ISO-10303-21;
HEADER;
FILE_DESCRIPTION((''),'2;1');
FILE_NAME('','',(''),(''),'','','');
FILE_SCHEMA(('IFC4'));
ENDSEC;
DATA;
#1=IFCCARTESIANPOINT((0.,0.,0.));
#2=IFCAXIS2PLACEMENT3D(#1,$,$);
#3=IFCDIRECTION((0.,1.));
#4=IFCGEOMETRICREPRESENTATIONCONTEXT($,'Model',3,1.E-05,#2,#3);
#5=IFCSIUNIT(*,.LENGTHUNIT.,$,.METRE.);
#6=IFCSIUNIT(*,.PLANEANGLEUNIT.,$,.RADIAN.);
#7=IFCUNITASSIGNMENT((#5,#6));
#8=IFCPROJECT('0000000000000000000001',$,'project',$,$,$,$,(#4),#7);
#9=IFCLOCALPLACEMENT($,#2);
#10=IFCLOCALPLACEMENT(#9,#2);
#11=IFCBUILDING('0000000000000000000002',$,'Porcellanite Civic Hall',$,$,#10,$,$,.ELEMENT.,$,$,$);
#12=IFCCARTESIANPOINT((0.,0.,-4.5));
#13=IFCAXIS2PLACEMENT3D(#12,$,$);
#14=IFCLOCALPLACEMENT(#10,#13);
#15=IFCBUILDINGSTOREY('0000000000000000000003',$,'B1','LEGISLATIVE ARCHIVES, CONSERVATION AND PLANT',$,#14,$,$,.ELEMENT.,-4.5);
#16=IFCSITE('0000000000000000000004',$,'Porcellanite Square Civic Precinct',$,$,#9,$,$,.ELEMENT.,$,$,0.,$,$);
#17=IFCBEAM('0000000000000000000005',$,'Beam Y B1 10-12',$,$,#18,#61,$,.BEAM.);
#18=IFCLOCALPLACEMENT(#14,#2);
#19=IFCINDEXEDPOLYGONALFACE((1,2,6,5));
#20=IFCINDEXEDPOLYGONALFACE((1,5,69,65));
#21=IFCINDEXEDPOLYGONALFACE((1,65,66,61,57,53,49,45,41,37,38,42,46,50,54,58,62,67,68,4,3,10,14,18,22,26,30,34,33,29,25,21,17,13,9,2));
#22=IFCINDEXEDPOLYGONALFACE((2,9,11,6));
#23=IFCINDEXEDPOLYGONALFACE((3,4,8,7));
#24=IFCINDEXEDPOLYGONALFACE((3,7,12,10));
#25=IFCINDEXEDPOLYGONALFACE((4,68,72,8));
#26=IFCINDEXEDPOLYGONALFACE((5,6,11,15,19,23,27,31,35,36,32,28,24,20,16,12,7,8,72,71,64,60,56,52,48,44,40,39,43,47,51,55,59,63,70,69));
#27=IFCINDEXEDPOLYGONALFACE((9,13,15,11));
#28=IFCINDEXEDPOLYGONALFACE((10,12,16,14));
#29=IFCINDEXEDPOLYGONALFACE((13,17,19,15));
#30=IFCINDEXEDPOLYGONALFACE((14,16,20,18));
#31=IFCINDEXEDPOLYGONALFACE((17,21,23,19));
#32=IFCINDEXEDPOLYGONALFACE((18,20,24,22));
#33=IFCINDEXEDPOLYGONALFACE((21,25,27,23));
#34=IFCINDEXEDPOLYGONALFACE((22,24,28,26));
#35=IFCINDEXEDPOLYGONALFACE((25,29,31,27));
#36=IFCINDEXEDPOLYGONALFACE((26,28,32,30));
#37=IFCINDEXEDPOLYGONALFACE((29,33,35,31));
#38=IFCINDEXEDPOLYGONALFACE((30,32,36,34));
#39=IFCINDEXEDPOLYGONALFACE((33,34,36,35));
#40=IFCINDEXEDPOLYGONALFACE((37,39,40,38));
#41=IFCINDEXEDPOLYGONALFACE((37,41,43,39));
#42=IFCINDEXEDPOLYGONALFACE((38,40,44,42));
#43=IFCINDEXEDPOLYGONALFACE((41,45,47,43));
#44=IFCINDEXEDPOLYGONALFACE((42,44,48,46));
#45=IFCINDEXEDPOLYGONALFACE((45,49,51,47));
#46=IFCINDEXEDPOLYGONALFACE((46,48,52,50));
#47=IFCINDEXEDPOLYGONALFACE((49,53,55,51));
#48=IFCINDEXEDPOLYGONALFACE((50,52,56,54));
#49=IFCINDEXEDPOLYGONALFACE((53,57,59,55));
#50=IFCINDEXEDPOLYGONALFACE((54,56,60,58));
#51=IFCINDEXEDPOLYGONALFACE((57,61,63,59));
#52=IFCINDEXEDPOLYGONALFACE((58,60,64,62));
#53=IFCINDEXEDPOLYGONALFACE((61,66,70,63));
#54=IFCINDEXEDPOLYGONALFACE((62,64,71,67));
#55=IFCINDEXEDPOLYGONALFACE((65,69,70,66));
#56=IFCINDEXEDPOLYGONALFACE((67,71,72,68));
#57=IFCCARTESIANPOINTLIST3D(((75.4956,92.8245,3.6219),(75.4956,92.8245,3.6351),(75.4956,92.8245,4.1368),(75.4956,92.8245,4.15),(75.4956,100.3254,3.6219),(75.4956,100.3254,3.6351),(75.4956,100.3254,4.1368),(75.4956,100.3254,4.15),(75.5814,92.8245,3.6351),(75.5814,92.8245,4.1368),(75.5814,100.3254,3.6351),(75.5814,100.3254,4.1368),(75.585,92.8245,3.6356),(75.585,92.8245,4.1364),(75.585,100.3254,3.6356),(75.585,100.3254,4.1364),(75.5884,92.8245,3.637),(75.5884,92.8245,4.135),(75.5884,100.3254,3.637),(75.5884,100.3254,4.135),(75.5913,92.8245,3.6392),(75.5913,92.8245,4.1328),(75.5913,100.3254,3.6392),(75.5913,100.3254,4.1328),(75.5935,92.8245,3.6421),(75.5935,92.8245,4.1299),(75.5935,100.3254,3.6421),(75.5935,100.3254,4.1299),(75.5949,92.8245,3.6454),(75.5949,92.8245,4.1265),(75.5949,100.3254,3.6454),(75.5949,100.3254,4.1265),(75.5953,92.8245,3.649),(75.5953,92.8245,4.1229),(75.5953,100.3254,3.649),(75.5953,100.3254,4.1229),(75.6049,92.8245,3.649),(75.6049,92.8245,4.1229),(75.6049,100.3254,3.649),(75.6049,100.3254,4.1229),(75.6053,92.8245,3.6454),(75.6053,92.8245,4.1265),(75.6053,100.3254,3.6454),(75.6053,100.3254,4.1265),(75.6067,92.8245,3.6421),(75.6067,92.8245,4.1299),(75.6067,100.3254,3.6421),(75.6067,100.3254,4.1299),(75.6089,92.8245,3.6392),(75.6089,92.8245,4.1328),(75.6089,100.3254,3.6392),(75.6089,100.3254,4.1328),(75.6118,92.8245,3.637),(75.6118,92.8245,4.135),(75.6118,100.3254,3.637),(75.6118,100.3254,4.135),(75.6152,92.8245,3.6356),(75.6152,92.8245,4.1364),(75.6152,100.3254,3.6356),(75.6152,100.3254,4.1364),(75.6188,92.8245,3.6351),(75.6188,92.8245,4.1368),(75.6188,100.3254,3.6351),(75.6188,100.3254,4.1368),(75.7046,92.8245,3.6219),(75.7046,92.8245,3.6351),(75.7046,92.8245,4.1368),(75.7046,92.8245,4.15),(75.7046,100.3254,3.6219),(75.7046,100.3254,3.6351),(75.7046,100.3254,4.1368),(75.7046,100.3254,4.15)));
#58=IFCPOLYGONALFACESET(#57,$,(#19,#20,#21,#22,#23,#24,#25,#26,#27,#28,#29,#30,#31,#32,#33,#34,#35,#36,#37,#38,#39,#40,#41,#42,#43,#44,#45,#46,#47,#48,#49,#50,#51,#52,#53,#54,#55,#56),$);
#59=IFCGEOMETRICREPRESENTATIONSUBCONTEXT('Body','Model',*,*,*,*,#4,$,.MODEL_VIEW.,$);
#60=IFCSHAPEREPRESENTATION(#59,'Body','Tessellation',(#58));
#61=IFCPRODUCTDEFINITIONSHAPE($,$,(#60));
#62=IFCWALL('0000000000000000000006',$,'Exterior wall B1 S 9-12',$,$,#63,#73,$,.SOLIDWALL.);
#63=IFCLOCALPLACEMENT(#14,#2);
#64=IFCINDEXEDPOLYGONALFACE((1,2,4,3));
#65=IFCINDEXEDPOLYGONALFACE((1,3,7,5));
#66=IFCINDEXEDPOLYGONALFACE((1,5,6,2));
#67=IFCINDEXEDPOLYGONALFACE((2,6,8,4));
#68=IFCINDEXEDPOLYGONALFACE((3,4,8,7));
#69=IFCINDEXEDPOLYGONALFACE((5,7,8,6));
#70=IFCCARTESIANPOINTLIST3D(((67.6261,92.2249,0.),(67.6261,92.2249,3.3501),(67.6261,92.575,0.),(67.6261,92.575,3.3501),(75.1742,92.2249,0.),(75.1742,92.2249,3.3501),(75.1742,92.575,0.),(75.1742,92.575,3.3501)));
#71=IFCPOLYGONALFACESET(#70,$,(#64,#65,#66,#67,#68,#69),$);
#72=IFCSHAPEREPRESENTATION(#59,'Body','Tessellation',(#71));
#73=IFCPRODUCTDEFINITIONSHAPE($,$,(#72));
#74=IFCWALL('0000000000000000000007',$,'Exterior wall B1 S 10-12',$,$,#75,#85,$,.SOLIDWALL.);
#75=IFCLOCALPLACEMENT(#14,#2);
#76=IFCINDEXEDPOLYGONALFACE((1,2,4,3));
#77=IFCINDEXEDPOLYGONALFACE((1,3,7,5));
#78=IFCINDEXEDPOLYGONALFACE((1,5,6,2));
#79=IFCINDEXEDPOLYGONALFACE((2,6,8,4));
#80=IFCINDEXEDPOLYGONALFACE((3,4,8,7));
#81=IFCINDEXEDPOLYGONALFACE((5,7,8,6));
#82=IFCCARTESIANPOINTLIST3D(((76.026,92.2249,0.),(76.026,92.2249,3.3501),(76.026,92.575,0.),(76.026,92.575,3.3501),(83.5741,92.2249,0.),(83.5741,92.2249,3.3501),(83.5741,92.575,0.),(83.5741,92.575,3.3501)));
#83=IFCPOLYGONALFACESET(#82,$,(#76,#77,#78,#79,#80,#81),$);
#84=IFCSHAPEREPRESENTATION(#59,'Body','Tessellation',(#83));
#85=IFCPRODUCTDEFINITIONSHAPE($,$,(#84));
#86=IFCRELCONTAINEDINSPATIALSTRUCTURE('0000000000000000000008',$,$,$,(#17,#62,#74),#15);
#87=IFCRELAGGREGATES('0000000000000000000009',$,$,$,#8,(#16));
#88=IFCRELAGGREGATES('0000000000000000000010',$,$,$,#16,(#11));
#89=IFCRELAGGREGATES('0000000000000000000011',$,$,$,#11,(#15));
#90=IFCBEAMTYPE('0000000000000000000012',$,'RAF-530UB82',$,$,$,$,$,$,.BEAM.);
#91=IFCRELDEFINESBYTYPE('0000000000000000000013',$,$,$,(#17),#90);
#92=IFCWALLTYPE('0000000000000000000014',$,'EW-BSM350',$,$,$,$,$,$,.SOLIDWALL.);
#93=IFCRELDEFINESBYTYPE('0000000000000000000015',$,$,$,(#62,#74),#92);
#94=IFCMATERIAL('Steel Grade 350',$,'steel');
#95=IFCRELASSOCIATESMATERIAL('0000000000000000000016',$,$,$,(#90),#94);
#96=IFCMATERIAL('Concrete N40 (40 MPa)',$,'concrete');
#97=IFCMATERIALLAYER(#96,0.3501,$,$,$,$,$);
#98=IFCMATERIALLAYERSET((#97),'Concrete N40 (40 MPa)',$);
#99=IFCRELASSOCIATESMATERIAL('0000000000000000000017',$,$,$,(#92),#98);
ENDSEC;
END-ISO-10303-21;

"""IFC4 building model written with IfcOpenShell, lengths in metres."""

from ifc_helpers import new_model, si_unit, direction, frame, frame_2d, origin, origin_2d, place, context, subcontext, project, spatial, rectangle, i_section, extrude, material, layer, layer_set, material_profile, profile_set, type_object, element, save


model = new_model("IFC4")

# Units and contexts
model_context = context("Model", 3, precision=1e-05, world=origin(), true_north=direction((0.0, 1.0)))
body_context = subcontext(model_context, "Body", "Model", "MODEL_VIEW")
ifc_project = project(units=[si_unit("LENGTHUNIT", "METRE"), si_unit("PLANEANGLEUNIT", "RADIAN")], contexts=[model_context])

# Site, building, storey
site_placement = place(None, origin())
site = spatial("IfcSite", under=ifc_project, at=site_placement, Name="Porcellanite Square Civic Precinct", CompositionType="ELEMENT", RefElevation=0.0)
building_placement = place(site_placement, origin())
building = spatial("IfcBuilding", under=site, at=building_placement, Name="Porcellanite Civic Hall", CompositionType="ELEMENT")
storey_placement = place(building_placement, frame((0.0, 0.0, -4.5)))
storey = spatial("IfcBuildingStorey", under=building, at=storey_placement, Name="B1", Description="LEGISLATIVE ARCHIVES, CONSERVATION AND PLANT", CompositionType="ELEMENT", Elevation=-4.5)

# Beam
ifc_material_1 = material(Name="Steel Grade 350", Category="steel")
ifc_material_profile_1 = material_profile(ifc_material_1, i_section(OverallWidth=0.209, OverallDepth=0.5281, WebThickness=0.0095, FlangeThickness=0.0132, FilletRadius=0.0139, at=origin_2d()), Name="530UB82.0")
ifc_profile_set_1 = profile_set([ifc_material_profile_1], Name="Steel Grade 350")
beam_type_1 = type_object("IfcBeamType", Name="RAF-530UB82", PredefinedType="BEAM", material=ifc_profile_set_1)
beam_1_placement = place(storey_placement, frame((75.6001, 92.8245, 3.886), z_axis=(0.0, 1.0, 0.0), x_axis=(-1.0, 0.0, 0.0)))
element("IfcBeam", 1, at=beam_1_placement, inside=storey, type_object=beam_type_1, Name="Beam Y B1 10-12", PredefinedType="BEAM", context=body_context, shape_type="SweptSolid", body=[
    extrude(i_section(OverallWidth=0.209, OverallDepth=0.5281, WebThickness=0.0095, FlangeThickness=0.0132, FilletRadius=0.0139, at=origin_2d()), origin(), (0.0, 0.0, 1.0), 7.501),
])

# Walls
ifc_material_2 = material(Name="Concrete N40 (40 MPa)", Category="concrete")
ifc_layer = layer(ifc_material_2, 0.3501)
ifc_layer_set = layer_set([ifc_layer], Name="Concrete N40 (40 MPa)")
wall_type = type_object("IfcWallType", Name="EW-BSM350", PredefinedType="SOLIDWALL", material=ifc_layer_set)
for number, where, z_axis, x_axis, name in (
    (2, (75.1741, 92.3999, 0.0), (0.0, 0.0, 1.0), (-1.0, 0.0, 0.0), "Exterior wall B1 S 9-12"),
    (3, (83.574, 92.3999, 0.0), (0.0, 0.0, 1.0), (-1.0, 0.0, 0.0), "Exterior wall B1 S 10-12"),
):
    element("IfcWall", number, at=place(storey_placement, frame(where, z_axis=z_axis, x_axis=x_axis)), inside=storey, type_object=wall_type, Name=name, PredefinedType="SOLIDWALL", context=body_context, shape_type="SweptSolid", body=[
        extrude(rectangle(XDim=7.5481, YDim=0.3501, at=frame_2d((3.7739, 0.0))), origin(), (0.0, 0.0, 1.0), 3.3501),
    ])

save(model, "model.ifc")
